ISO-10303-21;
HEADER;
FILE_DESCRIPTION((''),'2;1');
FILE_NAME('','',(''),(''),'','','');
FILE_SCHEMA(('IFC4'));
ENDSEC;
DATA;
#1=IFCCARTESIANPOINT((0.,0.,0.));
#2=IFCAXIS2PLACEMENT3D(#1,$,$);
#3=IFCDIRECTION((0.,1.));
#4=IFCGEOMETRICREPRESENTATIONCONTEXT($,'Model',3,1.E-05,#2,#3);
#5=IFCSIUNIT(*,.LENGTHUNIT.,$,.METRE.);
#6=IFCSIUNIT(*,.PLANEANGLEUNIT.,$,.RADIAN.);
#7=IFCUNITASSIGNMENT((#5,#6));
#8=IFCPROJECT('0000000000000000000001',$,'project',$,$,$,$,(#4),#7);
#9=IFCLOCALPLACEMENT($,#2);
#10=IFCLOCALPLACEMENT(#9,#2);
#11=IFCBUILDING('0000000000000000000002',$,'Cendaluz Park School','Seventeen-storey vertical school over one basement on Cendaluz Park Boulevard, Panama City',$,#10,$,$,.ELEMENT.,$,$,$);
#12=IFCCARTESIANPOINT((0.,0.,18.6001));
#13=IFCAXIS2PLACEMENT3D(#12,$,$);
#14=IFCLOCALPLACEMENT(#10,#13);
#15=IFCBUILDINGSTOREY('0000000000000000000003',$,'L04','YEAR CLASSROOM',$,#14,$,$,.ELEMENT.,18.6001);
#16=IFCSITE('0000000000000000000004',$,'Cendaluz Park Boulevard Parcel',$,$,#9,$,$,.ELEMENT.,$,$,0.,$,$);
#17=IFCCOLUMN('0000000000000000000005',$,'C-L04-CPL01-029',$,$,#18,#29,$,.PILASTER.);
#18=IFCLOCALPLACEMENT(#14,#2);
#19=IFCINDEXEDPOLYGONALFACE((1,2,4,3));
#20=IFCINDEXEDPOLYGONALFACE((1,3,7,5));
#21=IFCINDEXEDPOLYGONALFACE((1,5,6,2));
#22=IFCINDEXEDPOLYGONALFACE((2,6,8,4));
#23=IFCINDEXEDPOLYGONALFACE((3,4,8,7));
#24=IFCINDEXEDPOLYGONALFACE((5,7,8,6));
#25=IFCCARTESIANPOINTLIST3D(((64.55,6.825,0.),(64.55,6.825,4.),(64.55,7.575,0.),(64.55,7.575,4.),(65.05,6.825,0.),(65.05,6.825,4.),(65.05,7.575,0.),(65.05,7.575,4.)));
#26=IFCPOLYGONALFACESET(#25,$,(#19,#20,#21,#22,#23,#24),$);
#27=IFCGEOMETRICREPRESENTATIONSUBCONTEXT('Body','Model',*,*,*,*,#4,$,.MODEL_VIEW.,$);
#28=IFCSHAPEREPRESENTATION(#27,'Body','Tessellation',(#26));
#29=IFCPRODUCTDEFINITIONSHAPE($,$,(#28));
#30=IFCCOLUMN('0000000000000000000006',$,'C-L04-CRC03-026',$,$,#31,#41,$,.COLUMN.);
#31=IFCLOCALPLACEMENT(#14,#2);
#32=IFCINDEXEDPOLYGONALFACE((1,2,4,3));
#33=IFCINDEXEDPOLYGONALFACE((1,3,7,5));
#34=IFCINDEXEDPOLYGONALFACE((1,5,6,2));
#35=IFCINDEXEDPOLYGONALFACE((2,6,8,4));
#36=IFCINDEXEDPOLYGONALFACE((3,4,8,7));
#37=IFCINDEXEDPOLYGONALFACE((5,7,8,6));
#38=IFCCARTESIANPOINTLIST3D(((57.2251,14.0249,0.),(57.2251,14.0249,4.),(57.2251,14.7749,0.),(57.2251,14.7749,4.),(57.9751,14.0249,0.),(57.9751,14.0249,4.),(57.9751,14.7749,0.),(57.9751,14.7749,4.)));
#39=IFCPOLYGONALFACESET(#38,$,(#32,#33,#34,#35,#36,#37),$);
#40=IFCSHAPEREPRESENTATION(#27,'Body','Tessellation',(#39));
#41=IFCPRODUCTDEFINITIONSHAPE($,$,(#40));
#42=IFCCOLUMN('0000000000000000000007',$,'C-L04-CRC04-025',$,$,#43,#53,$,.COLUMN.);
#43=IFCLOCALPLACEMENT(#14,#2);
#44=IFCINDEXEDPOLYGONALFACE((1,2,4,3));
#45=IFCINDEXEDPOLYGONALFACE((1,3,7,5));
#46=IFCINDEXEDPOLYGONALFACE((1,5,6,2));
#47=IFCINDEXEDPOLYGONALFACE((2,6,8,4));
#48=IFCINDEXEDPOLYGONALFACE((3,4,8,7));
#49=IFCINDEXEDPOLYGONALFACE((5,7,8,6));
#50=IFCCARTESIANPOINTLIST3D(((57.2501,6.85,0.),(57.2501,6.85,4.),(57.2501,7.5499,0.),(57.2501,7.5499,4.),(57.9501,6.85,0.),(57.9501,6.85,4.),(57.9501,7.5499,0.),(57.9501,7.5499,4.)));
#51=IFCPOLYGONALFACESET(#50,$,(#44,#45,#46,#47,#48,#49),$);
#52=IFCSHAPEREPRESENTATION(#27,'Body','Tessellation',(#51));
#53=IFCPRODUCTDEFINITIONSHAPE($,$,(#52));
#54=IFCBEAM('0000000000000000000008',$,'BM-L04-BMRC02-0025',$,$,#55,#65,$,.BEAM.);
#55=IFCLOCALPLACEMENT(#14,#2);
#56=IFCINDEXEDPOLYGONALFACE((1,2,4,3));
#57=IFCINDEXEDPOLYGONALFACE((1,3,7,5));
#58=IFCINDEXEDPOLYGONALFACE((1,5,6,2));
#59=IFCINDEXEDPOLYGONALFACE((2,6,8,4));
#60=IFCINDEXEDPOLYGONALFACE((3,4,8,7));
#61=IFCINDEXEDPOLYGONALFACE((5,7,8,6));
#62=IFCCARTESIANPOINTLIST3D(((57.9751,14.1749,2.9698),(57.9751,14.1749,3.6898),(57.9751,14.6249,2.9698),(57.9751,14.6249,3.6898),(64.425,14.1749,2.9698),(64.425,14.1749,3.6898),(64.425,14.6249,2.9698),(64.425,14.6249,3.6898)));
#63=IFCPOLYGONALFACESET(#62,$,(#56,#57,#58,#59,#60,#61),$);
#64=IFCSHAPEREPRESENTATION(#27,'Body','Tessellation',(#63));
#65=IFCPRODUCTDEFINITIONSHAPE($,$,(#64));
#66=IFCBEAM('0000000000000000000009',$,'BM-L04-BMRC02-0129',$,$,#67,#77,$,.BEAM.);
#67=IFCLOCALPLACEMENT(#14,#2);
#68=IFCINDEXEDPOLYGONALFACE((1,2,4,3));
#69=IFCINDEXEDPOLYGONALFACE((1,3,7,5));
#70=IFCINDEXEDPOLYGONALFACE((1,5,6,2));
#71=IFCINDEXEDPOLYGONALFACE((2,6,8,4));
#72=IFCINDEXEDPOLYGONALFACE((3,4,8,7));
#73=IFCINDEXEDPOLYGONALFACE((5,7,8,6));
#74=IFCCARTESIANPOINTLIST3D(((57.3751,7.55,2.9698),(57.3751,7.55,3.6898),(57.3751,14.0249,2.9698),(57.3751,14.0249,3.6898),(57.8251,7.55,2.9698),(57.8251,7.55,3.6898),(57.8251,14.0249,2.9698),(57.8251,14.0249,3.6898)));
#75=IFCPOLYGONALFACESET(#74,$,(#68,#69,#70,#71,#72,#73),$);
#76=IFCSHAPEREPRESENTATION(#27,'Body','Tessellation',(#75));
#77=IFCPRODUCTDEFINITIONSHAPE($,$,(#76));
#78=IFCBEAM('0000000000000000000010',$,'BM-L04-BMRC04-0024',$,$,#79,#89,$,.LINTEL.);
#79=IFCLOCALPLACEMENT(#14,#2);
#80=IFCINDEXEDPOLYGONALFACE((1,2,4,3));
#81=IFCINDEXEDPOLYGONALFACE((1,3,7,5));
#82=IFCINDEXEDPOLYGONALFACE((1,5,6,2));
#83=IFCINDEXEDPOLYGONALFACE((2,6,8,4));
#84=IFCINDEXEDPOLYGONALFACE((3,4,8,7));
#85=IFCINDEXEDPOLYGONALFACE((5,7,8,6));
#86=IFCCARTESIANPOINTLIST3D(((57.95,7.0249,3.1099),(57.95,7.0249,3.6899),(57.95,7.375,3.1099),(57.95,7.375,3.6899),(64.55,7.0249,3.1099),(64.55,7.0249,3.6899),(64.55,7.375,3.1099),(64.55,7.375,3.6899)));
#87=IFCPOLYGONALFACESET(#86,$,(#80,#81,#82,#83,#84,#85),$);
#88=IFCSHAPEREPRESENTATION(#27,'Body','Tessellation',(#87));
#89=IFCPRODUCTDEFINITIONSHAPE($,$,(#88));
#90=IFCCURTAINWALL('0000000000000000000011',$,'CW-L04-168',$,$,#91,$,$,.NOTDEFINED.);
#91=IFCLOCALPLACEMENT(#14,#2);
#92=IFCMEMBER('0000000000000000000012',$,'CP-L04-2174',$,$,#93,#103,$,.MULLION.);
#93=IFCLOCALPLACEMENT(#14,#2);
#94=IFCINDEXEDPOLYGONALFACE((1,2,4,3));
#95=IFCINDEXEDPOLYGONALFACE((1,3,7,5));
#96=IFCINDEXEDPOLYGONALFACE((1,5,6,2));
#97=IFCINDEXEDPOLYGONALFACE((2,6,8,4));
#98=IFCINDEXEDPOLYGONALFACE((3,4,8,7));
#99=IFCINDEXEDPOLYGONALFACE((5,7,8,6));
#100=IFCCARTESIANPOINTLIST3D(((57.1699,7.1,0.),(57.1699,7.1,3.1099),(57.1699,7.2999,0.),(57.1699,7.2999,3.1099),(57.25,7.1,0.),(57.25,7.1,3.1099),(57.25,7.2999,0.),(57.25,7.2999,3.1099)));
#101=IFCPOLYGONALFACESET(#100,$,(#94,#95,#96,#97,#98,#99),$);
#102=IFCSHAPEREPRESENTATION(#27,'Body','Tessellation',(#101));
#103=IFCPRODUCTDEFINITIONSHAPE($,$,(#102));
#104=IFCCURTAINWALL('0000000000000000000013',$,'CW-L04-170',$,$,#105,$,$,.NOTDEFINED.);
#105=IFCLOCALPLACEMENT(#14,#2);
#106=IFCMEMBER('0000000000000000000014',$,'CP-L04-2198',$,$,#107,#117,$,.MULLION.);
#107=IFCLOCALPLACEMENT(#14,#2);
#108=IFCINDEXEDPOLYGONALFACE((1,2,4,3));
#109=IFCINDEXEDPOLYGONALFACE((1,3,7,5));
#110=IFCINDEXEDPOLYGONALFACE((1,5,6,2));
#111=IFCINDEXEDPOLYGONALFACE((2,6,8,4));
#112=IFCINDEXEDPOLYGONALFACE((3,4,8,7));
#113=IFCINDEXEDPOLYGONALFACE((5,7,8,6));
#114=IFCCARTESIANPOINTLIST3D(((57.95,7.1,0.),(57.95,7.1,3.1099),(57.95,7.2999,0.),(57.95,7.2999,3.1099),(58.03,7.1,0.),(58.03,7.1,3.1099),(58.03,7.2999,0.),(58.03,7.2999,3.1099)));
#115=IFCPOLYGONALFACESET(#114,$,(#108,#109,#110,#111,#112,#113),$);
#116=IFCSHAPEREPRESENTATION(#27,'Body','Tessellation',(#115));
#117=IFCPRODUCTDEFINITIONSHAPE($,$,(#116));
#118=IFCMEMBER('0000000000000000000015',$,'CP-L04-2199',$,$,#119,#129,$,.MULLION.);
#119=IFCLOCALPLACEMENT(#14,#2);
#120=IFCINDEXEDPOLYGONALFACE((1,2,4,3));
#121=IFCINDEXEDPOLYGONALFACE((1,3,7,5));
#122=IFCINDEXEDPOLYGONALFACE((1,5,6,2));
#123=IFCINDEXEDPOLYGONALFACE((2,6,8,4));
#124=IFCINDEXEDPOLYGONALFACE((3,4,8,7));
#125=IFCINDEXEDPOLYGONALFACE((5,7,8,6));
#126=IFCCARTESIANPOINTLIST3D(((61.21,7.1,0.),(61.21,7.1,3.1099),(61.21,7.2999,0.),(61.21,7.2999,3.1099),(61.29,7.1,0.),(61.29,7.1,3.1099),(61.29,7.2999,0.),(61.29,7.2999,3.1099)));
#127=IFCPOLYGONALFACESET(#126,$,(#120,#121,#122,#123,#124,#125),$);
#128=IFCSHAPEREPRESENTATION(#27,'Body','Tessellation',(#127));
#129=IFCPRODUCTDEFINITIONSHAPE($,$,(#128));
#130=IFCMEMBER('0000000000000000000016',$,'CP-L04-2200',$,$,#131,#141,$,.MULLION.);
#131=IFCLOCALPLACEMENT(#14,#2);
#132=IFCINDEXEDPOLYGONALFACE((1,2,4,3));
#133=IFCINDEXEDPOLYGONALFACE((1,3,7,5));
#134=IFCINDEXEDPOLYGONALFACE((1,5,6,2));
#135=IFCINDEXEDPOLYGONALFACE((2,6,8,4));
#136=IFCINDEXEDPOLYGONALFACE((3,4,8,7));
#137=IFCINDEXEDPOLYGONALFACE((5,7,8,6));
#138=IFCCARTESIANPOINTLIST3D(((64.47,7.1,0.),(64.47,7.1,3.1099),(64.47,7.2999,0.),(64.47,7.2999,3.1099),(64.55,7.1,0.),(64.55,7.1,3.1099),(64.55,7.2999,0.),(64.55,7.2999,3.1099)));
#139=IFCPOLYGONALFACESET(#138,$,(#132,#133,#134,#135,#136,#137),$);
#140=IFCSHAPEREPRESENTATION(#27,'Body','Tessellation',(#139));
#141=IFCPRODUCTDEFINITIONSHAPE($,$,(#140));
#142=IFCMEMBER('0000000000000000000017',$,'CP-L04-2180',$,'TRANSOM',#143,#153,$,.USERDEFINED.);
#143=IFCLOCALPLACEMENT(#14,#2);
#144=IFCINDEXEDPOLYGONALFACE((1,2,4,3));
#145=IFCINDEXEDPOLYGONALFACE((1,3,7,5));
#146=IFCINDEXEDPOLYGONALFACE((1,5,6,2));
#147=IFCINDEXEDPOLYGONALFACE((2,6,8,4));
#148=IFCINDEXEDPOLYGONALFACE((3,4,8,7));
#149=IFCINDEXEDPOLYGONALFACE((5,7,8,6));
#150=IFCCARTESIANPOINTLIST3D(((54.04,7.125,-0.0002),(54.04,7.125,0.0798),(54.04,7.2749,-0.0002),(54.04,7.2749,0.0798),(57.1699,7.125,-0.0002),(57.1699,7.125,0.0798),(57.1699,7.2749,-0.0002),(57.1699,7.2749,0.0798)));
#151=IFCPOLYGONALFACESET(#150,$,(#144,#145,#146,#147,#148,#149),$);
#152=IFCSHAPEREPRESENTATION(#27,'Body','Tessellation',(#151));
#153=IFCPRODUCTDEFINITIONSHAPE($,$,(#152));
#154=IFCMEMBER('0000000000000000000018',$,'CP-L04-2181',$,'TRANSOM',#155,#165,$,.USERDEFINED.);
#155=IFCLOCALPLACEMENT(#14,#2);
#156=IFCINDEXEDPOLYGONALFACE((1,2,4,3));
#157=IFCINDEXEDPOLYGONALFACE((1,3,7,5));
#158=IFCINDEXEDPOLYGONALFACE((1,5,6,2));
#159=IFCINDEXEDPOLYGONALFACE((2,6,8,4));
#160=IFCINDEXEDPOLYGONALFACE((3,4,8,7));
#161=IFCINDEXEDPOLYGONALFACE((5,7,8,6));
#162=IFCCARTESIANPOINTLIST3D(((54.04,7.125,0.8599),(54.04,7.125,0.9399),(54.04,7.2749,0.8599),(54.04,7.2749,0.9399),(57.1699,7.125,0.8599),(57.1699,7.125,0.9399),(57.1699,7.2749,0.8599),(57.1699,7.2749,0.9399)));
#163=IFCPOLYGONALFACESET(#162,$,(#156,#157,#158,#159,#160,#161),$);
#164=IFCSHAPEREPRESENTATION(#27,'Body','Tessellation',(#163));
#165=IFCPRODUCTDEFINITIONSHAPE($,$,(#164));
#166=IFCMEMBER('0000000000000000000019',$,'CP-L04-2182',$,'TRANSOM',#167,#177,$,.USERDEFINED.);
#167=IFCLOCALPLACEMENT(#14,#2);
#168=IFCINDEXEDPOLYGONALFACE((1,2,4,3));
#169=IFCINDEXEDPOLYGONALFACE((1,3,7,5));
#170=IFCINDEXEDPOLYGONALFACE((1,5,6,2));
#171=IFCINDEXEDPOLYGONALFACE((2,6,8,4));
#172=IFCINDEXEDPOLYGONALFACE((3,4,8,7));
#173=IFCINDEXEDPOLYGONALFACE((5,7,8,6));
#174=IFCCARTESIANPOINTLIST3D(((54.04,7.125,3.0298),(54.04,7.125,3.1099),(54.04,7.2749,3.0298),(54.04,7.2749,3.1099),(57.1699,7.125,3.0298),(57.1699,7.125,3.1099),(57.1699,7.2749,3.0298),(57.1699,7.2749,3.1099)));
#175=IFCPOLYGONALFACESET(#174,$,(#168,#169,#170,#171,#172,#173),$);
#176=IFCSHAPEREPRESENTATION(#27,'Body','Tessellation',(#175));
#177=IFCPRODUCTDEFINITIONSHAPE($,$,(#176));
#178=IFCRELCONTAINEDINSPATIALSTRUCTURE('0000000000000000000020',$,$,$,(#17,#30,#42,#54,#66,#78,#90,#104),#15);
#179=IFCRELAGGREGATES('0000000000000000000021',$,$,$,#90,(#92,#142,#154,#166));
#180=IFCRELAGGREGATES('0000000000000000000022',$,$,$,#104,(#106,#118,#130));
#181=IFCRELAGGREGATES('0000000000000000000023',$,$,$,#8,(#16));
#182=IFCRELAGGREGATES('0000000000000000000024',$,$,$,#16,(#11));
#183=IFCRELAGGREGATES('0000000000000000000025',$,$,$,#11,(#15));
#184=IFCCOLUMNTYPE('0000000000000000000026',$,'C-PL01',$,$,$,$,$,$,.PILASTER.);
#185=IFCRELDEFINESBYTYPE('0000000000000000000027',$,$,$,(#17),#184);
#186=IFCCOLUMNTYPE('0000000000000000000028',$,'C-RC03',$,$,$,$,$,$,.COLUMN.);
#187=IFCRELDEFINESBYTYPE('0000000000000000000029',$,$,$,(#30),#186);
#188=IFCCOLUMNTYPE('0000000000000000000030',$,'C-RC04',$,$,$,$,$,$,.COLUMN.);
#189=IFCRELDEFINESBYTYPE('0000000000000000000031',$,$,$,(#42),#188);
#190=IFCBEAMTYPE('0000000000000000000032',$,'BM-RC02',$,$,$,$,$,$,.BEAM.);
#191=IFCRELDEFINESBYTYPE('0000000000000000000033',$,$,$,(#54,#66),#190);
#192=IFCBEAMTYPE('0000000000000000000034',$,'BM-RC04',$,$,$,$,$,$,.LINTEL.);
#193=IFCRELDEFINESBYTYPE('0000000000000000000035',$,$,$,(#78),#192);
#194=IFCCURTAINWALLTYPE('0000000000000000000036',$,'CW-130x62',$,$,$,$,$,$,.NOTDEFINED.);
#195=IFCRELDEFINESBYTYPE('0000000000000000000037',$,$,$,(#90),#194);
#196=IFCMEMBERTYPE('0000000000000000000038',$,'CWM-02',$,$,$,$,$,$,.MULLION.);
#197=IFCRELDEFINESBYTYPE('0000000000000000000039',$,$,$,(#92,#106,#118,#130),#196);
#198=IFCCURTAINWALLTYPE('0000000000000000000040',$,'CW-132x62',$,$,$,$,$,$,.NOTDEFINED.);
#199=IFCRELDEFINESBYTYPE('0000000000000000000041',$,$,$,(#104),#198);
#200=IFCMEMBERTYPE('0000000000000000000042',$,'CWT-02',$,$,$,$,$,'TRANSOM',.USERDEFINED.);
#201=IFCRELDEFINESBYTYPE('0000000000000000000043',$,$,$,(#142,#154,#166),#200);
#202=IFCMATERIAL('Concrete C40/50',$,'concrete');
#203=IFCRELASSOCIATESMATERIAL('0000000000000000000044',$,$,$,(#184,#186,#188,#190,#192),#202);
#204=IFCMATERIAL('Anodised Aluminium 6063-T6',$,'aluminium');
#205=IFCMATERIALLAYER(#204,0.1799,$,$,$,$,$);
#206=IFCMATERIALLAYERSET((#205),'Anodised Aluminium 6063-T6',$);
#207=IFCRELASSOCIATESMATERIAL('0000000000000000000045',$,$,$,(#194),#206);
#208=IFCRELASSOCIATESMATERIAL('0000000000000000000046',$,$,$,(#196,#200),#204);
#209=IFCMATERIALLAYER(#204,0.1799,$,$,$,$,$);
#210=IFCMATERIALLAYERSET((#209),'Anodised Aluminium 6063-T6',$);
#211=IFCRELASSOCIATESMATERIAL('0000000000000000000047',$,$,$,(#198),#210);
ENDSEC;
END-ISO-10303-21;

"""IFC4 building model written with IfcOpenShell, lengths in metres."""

from ifc_helpers import new_model, si_unit, direction, frame, origin, origin_2d, place, context, subcontext, project, spatial, rectangle, extrude, material, layer, layer_set, material_profile, profile_set, type_object, element, aggregate, save


model = new_model("IFC4")

# Units and contexts
model_context = context("Model", 3, precision=1e-05, world=origin(), true_north=direction((0.0, 1.0)))
body_context = subcontext(model_context, "Body", "Model", "MODEL_VIEW")
ifc_project = project(units=[si_unit("LENGTHUNIT", "METRE"), si_unit("PLANEANGLEUNIT", "RADIAN")], contexts=[model_context])

# Site, building, storey
site_placement = place(None, origin())
site = spatial("IfcSite", under=ifc_project, at=site_placement, Name="Cendaluz Park Boulevard Parcel", CompositionType="ELEMENT", RefElevation=0.0)
building_placement = place(site_placement, origin())
building = spatial("IfcBuilding", under=site, at=building_placement, Name="Cendaluz Park School", Description="Seventeen-storey vertical school over one basement on Cendaluz Park Boulevard, Panama City", CompositionType="ELEMENT")
storey_placement = place(building_placement, frame((0.0, 0.0, 18.6001)))
storey = spatial("IfcBuildingStorey", under=building, at=storey_placement, Name="L04", Description="YEAR CLASSROOM", CompositionType="ELEMENT", Elevation=18.6001)

# Columns
ifc_material_1 = material(Name="Concrete C40/50", Category="concrete")
ifc_material_profile_1 = material_profile(ifc_material_1, rectangle(XDim=0.5, YDim=0.75, at=origin_2d()), Name="RC 500x750", Category="concrete")
ifc_profile_set_1 = profile_set([ifc_material_profile_1], Name="Concrete C40/50")
column_type_1 = type_object("IfcColumnType", Name="C-PL01", PredefinedType="PILASTER", material=ifc_profile_set_1)
column_1_placement = place(storey_placement, frame((64.8, 7.2, 0.0), z_axis=(0.0, 0.0, 1.0), x_axis=(1.0, 0.0, 0.0)))
element("IfcColumn", 1, at=column_1_placement, inside=storey, type_object=column_type_1, Name="C-L04-CPL01-029", PredefinedType="PILASTER", context=body_context, shape_type="SweptSolid", body=[
    extrude(rectangle(XDim=0.5, YDim=0.75, at=origin_2d()), origin(), (0.0, 0.0, 1.0), 4.0),
])
ifc_material_profile_2 = material_profile(ifc_material_1, rectangle(XDim=0.75, YDim=0.75, at=origin_2d()), Name="RC 750x750", Category="concrete")
ifc_profile_set_2 = profile_set([ifc_material_profile_2], Name="Concrete C40/50")
column_type_2 = type_object("IfcColumnType", Name="C-RC03", PredefinedType="COLUMN", material=ifc_profile_set_2)
column_2_placement = place(storey_placement, frame((57.6001, 14.3999, 0.0), z_axis=(0.0, 0.0, 1.0), x_axis=(1.0, 0.0, 0.0)))
element("IfcColumn", 2, at=column_2_placement, inside=storey, type_object=column_type_2, Name="C-L04-CRC03-026", PredefinedType="COLUMN", context=body_context, shape_type="SweptSolid", body=[
    extrude(rectangle(XDim=0.75, YDim=0.75, at=origin_2d()), origin(), (0.0, 0.0, 1.0), 4.0),
])
ifc_material_profile_3 = material_profile(ifc_material_1, rectangle(XDim=0.7, YDim=0.7, at=origin_2d()), Name="RC 700x700", Category="concrete")
ifc_profile_set_3 = profile_set([ifc_material_profile_3], Name="Concrete C40/50")
column_type_3 = type_object("IfcColumnType", Name="C-RC04", PredefinedType="COLUMN", material=ifc_profile_set_3)
column_3_placement = place(storey_placement, frame((57.6001, 7.2, 0.0), z_axis=(0.0, 0.0, 1.0), x_axis=(1.0, 0.0, 0.0)))
element("IfcColumn", 3, at=column_3_placement, inside=storey, type_object=column_type_3, Name="C-L04-CRC04-025", PredefinedType="COLUMN", context=body_context, shape_type="SweptSolid", body=[
    extrude(rectangle(XDim=0.7, YDim=0.7, at=origin_2d()), origin(), (0.0, 0.0, 1.0), 4.0),
])

# Beams
ifc_material_profile_4 = material_profile(ifc_material_1, rectangle(XDim=0.45, YDim=0.72, at=origin_2d()), Name="RC 450x720", Category="concrete")
ifc_profile_set_4 = profile_set([ifc_material_profile_4], Name="Concrete C40/50")
beam_type_1 = type_object("IfcBeamType", Name="BM-RC02", PredefinedType="BEAM", material=ifc_profile_set_4)
beam_1_placement = place(storey_placement, frame((57.9751, 14.3999, 3.3298), z_axis=(1.0, 0.0, 0.0), x_axis=(0.0, 1.0, 0.0)))
element("IfcBeam", 4, at=beam_1_placement, inside=storey, type_object=beam_type_1, Name="BM-L04-BMRC02-0025", PredefinedType="BEAM", context=body_context, shape_type="SweptSolid", body=[
    extrude(rectangle(XDim=0.45, YDim=0.72, at=origin_2d()), origin(), (0.0, 0.0, 1.0), 6.45),
])
beam_2_placement = place(storey_placement, frame((57.6001, 7.55, 3.3298), z_axis=(0.0, 1.0, 0.0), x_axis=(-1.0, 0.0, 0.0)))
element("IfcBeam", 5, at=beam_2_placement, inside=storey, type_object=beam_type_1, Name="BM-L04-BMRC02-0129", PredefinedType="BEAM", context=body_context, shape_type="SweptSolid", body=[
    extrude(rectangle(XDim=0.45, YDim=0.72, at=origin_2d()), origin(), (0.0, 0.0, 1.0), 6.4749),
])
ifc_material_profile_5 = material_profile(ifc_material_1, rectangle(XDim=0.3501, YDim=0.5801, at=origin_2d()), Name="RC 350x580", Category="concrete")
ifc_profile_set_5 = profile_set([ifc_material_profile_5], Name="Concrete C40/50")
beam_type_2 = type_object("IfcBeamType", Name="BM-RC04", PredefinedType="LINTEL", material=ifc_profile_set_5)
beam_3_placement = place(storey_placement, frame((57.95, 7.2, 3.3999), z_axis=(1.0, 0.0, 0.0), x_axis=(0.0, 1.0, 0.0)))
element("IfcBeam", 6, at=beam_3_placement, inside=storey, type_object=beam_type_2, Name="BM-L04-BMRC04-0024", PredefinedType="LINTEL", context=body_context, shape_type="SweptSolid", body=[
    extrude(rectangle(XDim=0.3501, YDim=0.5801, at=origin_2d()), origin(), (0.0, 0.0, 1.0), 6.6001),
])

# Curtain wall, member
ifc_material_2 = material(Name="Anodised Aluminium 6063-T6", Category="aluminium")
ifc_layer_1 = layer(ifc_material_2, 0.1799)
ifc_layer_set_1 = layer_set([ifc_layer_1], Name="Anodised Aluminium 6063-T6")
curtain_wall_type_1 = type_object("IfcCurtainWallType", Name="CW-130x62", PredefinedType="NOTDEFINED", material=ifc_layer_set_1)
curtain_wall_1_placement = place(storey_placement, origin())
curtain_wall_1 = element("IfcCurtainWall", 7, at=curtain_wall_1_placement, inside=storey, type_object=curtain_wall_type_1, Name="CW-L04-168", PredefinedType="NOTDEFINED")
ifc_material_profile_6 = material_profile(ifc_material_2, rectangle(XDim=0.2, YDim=0.0801, at=origin_2d()), Name="CWM 200x80", Category="aluminium")
ifc_profile_set_6 = profile_set([ifc_material_profile_6], Name="Anodised Aluminium 6063-T6")
member_type_1 = type_object("IfcMemberType", Name="CWM-02", PredefinedType="MULLION", material=ifc_profile_set_6)
member_1_placement = place(storey_placement, frame((57.21, 7.2, 0.0), z_axis=(0.0, 0.0, 1.0), x_axis=(0.0, 1.0, 0.0)))
member_1 = element("IfcMember", 8, at=member_1_placement, type_object=member_type_1, Name="CP-L04-2174", PredefinedType="MULLION", context=body_context, shape_type="SweptSolid", body=[
    extrude(rectangle(XDim=0.2, YDim=0.0801, at=origin_2d()), origin(), (0.0, 0.0, 1.0), 3.1099),
])

# Curtain wall, members
ifc_layer_2 = layer(ifc_material_2, 0.1799)
ifc_layer_set_2 = layer_set([ifc_layer_2], Name="Anodised Aluminium 6063-T6")
curtain_wall_type_2 = type_object("IfcCurtainWallType", Name="CW-132x62", PredefinedType="NOTDEFINED", material=ifc_layer_set_2)
curtain_wall_2_placement = place(storey_placement, origin())
curtain_wall_2 = element("IfcCurtainWall", 9, at=curtain_wall_2_placement, inside=storey, type_object=curtain_wall_type_2, Name="CW-L04-170", PredefinedType="NOTDEFINED")
member_2_placement = place(storey_placement, frame((57.99, 7.2, 0.0), z_axis=(0.0, 0.0, 1.0), x_axis=(0.0, 1.0, 0.0)))
member_2 = element("IfcMember", 10, at=member_2_placement, type_object=member_type_1, Name="CP-L04-2198", PredefinedType="MULLION", context=body_context, shape_type="SweptSolid", body=[
    extrude(rectangle(XDim=0.2, YDim=0.0801, at=origin_2d()), origin(), (0.0, 0.0, 1.0), 3.1099),
])
member_3_placement = place(storey_placement, frame((61.25, 7.2, 0.0), z_axis=(0.0, 0.0, 1.0), x_axis=(0.0, 1.0, 0.0)))
member_3 = element("IfcMember", 11, at=member_3_placement, type_object=member_type_1, Name="CP-L04-2199", PredefinedType="MULLION", context=body_context, shape_type="SweptSolid", body=[
    extrude(rectangle(XDim=0.2, YDim=0.0801, at=origin_2d()), origin(), (0.0, 0.0, 1.0), 3.1099),
])
member_4_placement = place(storey_placement, frame((64.51, 7.2, 0.0), z_axis=(0.0, 0.0, 1.0), x_axis=(0.0, 1.0, 0.0)))
member_4 = element("IfcMember", 12, at=member_4_placement, type_object=member_type_1, Name="CP-L04-2200", PredefinedType="MULLION", context=body_context, shape_type="SweptSolid", body=[
    extrude(rectangle(XDim=0.2, YDim=0.0801, at=origin_2d()), origin(), (0.0, 0.0, 1.0), 3.1099),
])

# Members
ifc_material_profile_7 = material_profile(ifc_material_2, rectangle(XDim=0.1499, YDim=0.0801, at=origin_2d()), Name="CWT 150x80", Category="aluminium")
ifc_profile_set_7 = profile_set([ifc_material_profile_7], Name="Anodised Aluminium 6063-T6")
member_type_2 = type_object("IfcMemberType", Name="CWT-02", ElementType="TRANSOM", PredefinedType="USERDEFINED", material=ifc_profile_set_7)
member_5_placement = place(storey_placement, frame((54.04, 7.2, 0.0398), z_axis=(1.0, 0.0, 0.0), x_axis=(0.0, 1.0, 0.0)))
member_5 = element("IfcMember", 13, at=member_5_placement, type_object=member_type_2, Name="CP-L04-2180", ObjectType="TRANSOM", PredefinedType="USERDEFINED", context=body_context, shape_type="SweptSolid", body=[
    extrude(rectangle(XDim=0.1499, YDim=0.0801, at=origin_2d()), origin(), (0.0, 0.0, 1.0), 3.1299),
])
member_6_placement = place(storey_placement, frame((54.04, 7.2, 0.8999), z_axis=(1.0, 0.0, 0.0), x_axis=(0.0, 1.0, 0.0)))
member_6 = element("IfcMember", 14, at=member_6_placement, type_object=member_type_2, Name="CP-L04-2181", ObjectType="TRANSOM", PredefinedType="USERDEFINED", context=body_context, shape_type="SweptSolid", body=[
    extrude(rectangle(XDim=0.1499, YDim=0.0801, at=origin_2d()), origin(), (0.0, 0.0, 1.0), 3.1299),
])
member_7_placement = place(storey_placement, frame((54.04, 7.2, 3.0698), z_axis=(1.0, 0.0, 0.0), x_axis=(0.0, 1.0, 0.0)))
member_7 = element("IfcMember", 15, at=member_7_placement, type_object=member_type_2, Name="CP-L04-2182", ObjectType="TRANSOM", PredefinedType="USERDEFINED", context=body_context, shape_type="SweptSolid", body=[
    extrude(rectangle(XDim=0.1499, YDim=0.0801, at=origin_2d()), origin(), (0.0, 0.0, 1.0), 3.1299),
])

aggregate(curtain_wall_1, [member_1, member_5, member_6, member_7])
aggregate(curtain_wall_2, [member_2, member_3, member_4])

save(model, "model.ifc")
